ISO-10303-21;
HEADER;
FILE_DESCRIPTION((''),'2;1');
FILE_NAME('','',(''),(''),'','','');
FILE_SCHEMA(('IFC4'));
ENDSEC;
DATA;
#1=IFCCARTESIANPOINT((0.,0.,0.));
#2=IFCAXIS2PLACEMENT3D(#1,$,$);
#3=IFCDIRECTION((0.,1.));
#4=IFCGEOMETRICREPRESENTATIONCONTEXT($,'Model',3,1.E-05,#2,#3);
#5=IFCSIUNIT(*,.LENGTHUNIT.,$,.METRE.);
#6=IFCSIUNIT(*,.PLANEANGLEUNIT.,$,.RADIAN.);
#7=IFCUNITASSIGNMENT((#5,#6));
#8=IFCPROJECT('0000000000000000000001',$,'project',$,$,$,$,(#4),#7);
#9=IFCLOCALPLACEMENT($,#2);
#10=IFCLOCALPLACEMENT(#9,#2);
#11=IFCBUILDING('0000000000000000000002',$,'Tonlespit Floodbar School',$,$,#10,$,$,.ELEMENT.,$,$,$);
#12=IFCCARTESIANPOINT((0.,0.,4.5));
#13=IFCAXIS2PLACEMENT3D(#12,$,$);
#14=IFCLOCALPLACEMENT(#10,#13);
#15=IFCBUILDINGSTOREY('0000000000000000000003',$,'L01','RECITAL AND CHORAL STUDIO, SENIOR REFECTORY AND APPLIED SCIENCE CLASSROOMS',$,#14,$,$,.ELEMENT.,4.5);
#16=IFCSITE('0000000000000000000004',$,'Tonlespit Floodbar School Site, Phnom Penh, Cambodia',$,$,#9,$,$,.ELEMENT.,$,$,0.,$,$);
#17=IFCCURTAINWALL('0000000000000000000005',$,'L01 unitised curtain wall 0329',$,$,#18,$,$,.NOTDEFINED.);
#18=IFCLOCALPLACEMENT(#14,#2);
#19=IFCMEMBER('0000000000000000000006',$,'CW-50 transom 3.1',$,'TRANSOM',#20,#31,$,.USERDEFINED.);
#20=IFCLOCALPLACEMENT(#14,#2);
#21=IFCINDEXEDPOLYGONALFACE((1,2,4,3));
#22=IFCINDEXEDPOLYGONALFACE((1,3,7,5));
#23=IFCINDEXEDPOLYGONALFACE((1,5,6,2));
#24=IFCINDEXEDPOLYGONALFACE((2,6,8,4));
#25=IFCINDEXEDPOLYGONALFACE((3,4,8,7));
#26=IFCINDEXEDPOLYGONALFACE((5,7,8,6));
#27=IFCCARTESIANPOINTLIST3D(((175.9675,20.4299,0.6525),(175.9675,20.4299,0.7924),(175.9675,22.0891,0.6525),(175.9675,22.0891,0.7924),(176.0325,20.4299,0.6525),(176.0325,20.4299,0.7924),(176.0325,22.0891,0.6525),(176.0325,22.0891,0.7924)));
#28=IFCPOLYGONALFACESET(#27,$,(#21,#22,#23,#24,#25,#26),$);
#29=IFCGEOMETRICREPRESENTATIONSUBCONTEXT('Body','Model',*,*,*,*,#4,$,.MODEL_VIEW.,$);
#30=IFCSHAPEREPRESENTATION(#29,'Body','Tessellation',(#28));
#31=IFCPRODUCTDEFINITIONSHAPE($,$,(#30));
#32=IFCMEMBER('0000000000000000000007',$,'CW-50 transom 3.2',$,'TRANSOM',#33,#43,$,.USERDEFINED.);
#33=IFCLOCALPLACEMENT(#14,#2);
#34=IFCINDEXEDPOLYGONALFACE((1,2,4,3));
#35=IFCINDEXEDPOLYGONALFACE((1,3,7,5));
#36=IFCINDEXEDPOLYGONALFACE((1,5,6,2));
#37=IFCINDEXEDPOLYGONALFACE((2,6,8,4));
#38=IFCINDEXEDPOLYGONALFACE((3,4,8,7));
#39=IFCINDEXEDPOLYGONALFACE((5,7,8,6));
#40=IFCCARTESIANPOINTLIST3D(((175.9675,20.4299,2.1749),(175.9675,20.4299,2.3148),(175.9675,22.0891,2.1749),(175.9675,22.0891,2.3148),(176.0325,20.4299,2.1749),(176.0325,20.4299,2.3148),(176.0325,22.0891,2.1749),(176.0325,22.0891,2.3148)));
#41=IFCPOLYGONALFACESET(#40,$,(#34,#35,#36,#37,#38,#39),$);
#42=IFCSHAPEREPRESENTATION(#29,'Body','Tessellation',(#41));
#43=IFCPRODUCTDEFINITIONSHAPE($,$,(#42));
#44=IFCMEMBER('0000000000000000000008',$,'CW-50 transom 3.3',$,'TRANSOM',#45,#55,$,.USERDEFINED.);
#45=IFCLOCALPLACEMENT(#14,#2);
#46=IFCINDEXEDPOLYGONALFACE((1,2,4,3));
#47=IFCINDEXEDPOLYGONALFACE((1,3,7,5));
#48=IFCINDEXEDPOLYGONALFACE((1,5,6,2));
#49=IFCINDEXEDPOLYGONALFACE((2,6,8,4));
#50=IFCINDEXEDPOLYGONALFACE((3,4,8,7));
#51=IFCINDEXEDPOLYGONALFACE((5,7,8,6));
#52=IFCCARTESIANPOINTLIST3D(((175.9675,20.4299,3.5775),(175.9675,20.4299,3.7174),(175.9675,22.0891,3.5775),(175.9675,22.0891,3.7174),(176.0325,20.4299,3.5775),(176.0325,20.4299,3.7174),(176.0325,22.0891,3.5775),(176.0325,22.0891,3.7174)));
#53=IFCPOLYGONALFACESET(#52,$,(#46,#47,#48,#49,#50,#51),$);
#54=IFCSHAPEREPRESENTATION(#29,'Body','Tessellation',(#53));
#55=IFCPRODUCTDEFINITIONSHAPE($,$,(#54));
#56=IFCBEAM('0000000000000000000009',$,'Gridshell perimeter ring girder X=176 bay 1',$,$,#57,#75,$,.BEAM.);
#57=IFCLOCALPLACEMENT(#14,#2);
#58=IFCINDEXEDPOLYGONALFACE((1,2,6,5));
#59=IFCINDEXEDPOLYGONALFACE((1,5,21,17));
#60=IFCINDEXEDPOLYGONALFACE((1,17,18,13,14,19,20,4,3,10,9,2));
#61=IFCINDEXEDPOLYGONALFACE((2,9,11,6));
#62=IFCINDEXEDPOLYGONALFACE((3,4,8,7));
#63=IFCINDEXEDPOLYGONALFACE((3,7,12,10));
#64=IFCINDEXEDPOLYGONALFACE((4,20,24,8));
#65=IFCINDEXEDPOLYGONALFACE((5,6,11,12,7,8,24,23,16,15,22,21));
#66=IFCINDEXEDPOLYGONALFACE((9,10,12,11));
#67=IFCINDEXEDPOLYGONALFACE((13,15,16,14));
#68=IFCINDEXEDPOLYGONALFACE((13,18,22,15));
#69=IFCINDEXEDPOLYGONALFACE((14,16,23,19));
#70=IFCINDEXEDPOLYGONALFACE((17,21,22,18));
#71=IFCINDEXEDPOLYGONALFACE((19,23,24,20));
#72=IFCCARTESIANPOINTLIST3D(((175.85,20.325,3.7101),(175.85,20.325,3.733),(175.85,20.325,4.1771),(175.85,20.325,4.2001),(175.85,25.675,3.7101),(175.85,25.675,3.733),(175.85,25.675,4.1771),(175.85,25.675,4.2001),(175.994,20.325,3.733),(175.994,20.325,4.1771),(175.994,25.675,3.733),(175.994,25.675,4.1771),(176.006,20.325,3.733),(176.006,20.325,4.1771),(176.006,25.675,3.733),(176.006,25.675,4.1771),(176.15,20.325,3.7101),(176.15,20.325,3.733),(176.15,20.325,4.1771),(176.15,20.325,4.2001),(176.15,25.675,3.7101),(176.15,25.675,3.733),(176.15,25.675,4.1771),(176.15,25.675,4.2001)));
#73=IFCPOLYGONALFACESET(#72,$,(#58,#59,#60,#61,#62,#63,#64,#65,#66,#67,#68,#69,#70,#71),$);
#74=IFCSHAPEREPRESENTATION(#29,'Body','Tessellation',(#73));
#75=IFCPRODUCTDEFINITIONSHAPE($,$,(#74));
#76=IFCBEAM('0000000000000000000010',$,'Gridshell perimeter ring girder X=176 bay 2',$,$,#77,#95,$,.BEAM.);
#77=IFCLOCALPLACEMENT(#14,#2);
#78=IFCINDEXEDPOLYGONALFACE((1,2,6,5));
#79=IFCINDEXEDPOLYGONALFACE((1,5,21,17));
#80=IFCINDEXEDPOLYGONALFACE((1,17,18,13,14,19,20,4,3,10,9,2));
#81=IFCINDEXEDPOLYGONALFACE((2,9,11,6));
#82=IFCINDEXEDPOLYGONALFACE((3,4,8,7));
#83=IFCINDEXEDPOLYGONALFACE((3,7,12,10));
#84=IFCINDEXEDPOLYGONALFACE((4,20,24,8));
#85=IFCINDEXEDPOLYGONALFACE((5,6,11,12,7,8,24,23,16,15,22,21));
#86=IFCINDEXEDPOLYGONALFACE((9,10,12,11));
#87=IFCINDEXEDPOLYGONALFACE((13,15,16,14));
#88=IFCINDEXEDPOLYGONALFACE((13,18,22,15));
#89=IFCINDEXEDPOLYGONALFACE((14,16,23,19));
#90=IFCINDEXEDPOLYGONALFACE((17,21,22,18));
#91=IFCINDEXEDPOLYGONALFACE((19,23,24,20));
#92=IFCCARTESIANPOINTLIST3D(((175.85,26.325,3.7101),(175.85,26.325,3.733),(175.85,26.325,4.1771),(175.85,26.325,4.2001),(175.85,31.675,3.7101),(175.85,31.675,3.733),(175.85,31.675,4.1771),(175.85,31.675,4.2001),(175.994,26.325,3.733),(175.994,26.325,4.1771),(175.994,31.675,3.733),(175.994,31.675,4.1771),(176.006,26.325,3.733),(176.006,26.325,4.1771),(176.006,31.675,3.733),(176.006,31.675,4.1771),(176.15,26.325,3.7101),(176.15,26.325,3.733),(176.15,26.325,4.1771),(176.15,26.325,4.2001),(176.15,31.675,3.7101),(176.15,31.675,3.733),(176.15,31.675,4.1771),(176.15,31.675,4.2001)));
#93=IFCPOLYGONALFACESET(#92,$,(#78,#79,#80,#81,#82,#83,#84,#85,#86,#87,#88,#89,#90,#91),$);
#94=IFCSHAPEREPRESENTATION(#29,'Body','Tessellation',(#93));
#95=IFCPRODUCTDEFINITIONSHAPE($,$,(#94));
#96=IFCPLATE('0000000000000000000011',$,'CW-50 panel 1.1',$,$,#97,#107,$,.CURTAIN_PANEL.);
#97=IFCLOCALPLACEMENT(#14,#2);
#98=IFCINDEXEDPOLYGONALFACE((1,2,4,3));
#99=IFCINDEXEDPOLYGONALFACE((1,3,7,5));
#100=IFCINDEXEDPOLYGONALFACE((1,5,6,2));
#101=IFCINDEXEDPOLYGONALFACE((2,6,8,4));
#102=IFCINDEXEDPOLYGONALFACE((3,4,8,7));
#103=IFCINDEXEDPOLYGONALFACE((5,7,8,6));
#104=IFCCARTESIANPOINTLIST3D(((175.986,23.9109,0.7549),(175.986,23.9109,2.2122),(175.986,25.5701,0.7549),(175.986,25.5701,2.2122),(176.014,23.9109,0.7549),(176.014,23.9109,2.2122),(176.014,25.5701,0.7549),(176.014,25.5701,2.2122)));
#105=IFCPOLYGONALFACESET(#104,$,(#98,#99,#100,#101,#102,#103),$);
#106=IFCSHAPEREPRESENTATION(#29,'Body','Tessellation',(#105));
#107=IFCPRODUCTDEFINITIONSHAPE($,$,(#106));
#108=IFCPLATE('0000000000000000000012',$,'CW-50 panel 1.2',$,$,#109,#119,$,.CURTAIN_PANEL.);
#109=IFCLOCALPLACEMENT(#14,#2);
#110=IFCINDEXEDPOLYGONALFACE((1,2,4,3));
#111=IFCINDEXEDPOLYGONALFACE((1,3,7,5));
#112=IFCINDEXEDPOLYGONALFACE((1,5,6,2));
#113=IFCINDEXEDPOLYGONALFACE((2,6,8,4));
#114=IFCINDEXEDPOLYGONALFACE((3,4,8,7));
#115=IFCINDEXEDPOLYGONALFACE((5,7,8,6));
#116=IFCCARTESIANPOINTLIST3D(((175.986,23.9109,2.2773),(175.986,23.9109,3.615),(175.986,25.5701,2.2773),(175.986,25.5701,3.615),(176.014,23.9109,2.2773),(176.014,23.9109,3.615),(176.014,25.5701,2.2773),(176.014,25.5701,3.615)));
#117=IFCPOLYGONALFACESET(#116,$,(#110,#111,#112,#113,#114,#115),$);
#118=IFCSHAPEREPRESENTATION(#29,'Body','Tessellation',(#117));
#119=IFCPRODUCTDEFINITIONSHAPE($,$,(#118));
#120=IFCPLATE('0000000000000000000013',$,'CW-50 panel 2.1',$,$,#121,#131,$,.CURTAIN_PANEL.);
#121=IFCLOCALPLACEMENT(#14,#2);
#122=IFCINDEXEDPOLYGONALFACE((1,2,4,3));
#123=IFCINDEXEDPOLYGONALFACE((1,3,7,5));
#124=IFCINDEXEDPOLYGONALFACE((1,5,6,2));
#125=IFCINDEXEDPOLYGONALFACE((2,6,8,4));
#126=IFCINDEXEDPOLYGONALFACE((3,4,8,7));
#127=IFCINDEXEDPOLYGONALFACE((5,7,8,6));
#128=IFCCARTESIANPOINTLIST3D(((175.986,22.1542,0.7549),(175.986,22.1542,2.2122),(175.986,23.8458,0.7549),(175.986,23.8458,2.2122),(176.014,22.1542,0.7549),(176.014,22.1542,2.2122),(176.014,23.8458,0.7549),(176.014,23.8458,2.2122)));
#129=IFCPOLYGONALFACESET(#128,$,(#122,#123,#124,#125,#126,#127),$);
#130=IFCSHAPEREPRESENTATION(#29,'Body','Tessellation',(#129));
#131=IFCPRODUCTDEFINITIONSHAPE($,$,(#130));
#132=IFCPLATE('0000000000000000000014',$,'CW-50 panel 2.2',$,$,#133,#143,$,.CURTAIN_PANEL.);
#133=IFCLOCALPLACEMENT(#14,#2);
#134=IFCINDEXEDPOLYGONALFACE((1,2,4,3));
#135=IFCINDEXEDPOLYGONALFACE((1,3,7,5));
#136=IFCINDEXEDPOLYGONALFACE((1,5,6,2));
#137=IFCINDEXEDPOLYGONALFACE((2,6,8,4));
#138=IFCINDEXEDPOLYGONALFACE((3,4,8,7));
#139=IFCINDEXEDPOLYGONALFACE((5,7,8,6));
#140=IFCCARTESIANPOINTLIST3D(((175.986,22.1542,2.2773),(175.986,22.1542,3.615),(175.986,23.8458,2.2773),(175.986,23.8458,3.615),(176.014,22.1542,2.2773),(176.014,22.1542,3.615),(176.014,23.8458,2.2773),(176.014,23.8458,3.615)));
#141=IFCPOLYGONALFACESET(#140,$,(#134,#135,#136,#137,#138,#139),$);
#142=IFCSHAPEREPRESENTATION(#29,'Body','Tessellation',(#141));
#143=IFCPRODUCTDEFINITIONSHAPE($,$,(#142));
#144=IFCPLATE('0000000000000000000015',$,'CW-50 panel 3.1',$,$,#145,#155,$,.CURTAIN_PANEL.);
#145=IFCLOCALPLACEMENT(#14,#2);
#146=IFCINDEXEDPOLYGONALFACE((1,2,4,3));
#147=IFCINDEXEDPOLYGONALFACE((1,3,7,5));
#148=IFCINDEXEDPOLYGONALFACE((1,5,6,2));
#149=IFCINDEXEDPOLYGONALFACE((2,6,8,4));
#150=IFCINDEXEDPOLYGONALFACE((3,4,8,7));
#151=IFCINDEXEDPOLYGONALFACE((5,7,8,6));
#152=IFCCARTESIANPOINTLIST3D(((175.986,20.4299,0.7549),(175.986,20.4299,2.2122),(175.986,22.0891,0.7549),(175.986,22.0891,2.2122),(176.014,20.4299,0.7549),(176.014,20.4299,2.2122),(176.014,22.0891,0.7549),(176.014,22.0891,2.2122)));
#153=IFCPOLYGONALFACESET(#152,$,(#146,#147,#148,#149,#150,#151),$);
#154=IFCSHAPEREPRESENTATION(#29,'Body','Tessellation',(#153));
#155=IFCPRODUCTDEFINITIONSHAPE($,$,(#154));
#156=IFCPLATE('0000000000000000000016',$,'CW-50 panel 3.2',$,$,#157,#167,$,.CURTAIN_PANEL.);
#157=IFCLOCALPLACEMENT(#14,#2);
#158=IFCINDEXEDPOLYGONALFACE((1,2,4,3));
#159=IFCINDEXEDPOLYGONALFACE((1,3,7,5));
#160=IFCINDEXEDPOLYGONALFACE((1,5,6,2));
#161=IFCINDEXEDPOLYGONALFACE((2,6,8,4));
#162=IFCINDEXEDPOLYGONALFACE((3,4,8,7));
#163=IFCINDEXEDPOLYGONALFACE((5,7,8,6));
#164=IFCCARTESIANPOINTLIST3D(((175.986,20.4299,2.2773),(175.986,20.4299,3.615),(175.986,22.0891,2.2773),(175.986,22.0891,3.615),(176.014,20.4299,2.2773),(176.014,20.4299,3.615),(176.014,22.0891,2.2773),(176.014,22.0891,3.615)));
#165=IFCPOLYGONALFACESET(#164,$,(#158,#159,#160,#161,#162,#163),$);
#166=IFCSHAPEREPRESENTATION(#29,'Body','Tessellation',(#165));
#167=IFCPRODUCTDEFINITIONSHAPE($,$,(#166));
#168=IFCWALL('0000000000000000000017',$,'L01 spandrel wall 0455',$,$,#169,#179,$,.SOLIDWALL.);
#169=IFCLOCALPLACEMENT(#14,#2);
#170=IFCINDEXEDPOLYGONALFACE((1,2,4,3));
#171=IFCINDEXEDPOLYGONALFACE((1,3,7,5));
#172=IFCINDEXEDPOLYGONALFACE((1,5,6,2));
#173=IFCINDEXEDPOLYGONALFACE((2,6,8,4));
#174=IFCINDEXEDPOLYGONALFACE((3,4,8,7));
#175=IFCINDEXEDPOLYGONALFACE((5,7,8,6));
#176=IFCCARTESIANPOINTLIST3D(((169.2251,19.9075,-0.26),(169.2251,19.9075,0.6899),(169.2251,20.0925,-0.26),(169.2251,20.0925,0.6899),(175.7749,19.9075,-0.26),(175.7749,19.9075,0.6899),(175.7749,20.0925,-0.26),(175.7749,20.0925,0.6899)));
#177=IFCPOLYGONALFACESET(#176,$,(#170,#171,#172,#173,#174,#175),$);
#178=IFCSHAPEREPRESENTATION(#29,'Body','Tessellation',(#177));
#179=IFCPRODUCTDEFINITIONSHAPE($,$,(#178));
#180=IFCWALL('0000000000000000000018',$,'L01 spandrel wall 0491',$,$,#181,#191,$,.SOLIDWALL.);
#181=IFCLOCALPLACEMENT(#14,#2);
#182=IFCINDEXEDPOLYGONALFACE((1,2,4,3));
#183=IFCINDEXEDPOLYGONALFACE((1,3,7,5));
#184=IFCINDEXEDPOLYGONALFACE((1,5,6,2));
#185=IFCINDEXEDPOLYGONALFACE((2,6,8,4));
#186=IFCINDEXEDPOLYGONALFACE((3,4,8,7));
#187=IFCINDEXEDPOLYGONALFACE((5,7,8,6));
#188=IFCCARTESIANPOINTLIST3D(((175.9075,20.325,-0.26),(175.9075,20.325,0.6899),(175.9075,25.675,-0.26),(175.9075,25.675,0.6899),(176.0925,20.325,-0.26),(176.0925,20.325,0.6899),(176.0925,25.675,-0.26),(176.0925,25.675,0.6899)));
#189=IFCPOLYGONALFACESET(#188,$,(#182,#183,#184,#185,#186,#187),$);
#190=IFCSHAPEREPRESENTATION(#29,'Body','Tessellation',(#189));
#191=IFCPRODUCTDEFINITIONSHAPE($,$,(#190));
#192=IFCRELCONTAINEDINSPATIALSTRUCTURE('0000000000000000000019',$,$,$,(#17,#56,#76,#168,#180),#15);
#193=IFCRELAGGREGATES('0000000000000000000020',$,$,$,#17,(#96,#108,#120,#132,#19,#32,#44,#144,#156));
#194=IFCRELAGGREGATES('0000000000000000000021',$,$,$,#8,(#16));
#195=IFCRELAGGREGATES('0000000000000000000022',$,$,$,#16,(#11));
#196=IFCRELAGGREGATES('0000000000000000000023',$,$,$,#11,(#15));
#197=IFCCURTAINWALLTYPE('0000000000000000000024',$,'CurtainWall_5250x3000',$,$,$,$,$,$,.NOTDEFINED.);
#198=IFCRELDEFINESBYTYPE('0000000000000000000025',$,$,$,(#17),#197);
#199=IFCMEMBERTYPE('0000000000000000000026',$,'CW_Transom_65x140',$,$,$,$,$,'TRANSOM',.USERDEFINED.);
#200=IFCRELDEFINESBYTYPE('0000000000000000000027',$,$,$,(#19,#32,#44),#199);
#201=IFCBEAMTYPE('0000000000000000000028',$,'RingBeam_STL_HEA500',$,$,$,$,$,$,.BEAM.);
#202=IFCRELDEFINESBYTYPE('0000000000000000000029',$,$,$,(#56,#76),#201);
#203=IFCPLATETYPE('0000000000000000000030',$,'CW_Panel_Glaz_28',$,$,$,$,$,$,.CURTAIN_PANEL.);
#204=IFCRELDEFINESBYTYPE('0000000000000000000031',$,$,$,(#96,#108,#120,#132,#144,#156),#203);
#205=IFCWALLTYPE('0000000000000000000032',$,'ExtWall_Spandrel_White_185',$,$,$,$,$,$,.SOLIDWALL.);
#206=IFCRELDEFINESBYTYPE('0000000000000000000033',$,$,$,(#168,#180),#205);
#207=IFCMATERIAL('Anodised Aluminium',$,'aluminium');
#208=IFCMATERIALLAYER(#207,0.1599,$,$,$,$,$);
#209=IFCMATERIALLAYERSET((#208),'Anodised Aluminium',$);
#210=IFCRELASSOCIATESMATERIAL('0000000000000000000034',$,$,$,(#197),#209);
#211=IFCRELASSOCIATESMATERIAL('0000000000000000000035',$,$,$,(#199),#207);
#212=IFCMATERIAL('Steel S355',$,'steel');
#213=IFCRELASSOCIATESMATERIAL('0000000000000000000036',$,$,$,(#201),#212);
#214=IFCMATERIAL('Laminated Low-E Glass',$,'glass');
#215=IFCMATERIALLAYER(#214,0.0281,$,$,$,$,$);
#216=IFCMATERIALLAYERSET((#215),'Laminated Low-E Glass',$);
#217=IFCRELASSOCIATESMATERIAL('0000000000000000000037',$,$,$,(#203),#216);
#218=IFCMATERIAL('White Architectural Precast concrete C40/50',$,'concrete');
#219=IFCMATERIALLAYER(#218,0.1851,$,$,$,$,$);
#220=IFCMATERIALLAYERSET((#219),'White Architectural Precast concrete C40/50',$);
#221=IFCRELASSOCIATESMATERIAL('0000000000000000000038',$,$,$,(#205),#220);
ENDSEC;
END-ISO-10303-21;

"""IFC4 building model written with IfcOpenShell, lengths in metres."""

from ifc_helpers import new_model, si_unit, direction, frame, frame_2d, origin, origin_2d, place, context, subcontext, project, spatial, rectangle, i_section, extrude, material, layer, layer_set, material_profile, profile_set, type_object, element, aggregate, save


model = new_model("IFC4")

# Units and contexts
model_context = context("Model", 3, precision=1e-05, world=origin(), true_north=direction((0.0, 1.0)))
body_context = subcontext(model_context, "Body", "Model", "MODEL_VIEW")
ifc_project = project(units=[si_unit("LENGTHUNIT", "METRE"), si_unit("PLANEANGLEUNIT", "RADIAN")], contexts=[model_context])

# Site, building, storey
site_placement = place(None, origin())
site = spatial("IfcSite", under=ifc_project, at=site_placement, Name="Tonlespit Floodbar School Site, Phnom Penh, Cambodia", CompositionType="ELEMENT", RefElevation=0.0)
building_placement = place(site_placement, origin())
building = spatial("IfcBuilding", under=site, at=building_placement, Name="Tonlespit Floodbar School", CompositionType="ELEMENT")
storey_placement = place(building_placement, frame((0.0, 0.0, 4.5)))
storey = spatial("IfcBuildingStorey", under=building, at=storey_placement, Name="L01", Description="RECITAL AND CHORAL STUDIO, SENIOR REFECTORY AND APPLIED SCIENCE CLASSROOMS", CompositionType="ELEMENT", Elevation=4.5)

# Shared definitions
ifc_material_1 = material(Name="Anodised Aluminium", Category="aluminium")

# Curtain wall
ifc_layer_1 = layer(ifc_material_1, 0.1599)
ifc_layer_set_1 = layer_set([ifc_layer_1], Name="Anodised Aluminium")
curtain_wall_type_1 = type_object("IfcCurtainWallType", Name="CurtainWall_5250x3000", PredefinedType="NOTDEFINED", material=ifc_layer_set_1)
curtain_wall_1_placement = place(storey_placement, origin())
curtain_wall_1 = element("IfcCurtainWall", 1, at=curtain_wall_1_placement, inside=storey, type_object=curtain_wall_type_1, Name="L01 unitised curtain wall 0329", PredefinedType="NOTDEFINED")

# Members
ifc_material_profile_1 = material_profile(ifc_material_1, rectangle(XDim=0.0649, YDim=0.1399, at=origin_2d()), Name="ALU T65x140")
ifc_profile_set_1 = profile_set([ifc_material_profile_1], Name="Anodised Aluminium")
member_type_1 = type_object("IfcMemberType", Name="CW_Transom_65x140", ElementType="TRANSOM", PredefinedType="USERDEFINED", material=ifc_profile_set_1)
member_1_placement = place(storey_placement, frame((176.0, 22.0891, 0.7224), z_axis=(0.0, -1.0, 0.0), x_axis=(1.0, 0.0, 0.0)))
member_1 = element("IfcMember", 2, at=member_1_placement, type_object=member_type_1, Name="CW-50 transom 3.1", ObjectType="TRANSOM", PredefinedType="USERDEFINED", context=body_context, shape_type="SweptSolid", body=[
    extrude(rectangle(XDim=0.0649, YDim=0.1399, at=origin_2d()), origin(), (0.0, 0.0, 1.0), 1.6592),
])
member_2_placement = place(storey_placement, frame((176.0, 22.0891, 2.2449), z_axis=(0.0, -1.0, 0.0), x_axis=(1.0, 0.0, 0.0)))
member_2 = element("IfcMember", 3, at=member_2_placement, type_object=member_type_1, Name="CW-50 transom 3.2", ObjectType="TRANSOM", PredefinedType="USERDEFINED", context=body_context, shape_type="SweptSolid", body=[
    extrude(rectangle(XDim=0.0649, YDim=0.1399, at=origin_2d()), origin(), (0.0, 0.0, 1.0), 1.6592),
])
member_3_placement = place(storey_placement, frame((176.0, 22.0891, 3.6475), z_axis=(0.0, -1.0, 0.0), x_axis=(1.0, 0.0, 0.0)))
member_3 = element("IfcMember", 4, at=member_3_placement, type_object=member_type_1, Name="CW-50 transom 3.3", ObjectType="TRANSOM", PredefinedType="USERDEFINED", context=body_context, shape_type="SweptSolid", body=[
    extrude(rectangle(XDim=0.0649, YDim=0.1399, at=origin_2d()), origin(), (0.0, 0.0, 1.0), 1.6592),
])

# Beams
ifc_material_2 = material(Name="Steel S355", Category="steel")
ifc_material_profile_2 = material_profile(ifc_material_2, i_section(OverallWidth=0.3, OverallDepth=0.49, WebThickness=0.012, FlangeThickness=0.0229, at=origin_2d()), Name="HEA 500")
ifc_profile_set_2 = profile_set([ifc_material_profile_2], Name="Steel S355")
beam_type = type_object("IfcBeamType", Name="RingBeam_STL_HEA500", PredefinedType="BEAM", material=ifc_profile_set_2)
for number, where, z_axis, x_axis, name in (
    (5, (176.0, 20.325, 3.9551), (0.0, 1.0, 0.0), (-1.0, 0.0, 0.0), "Gridshell perimeter ring girder X=176 bay 1"),
    (6, (176.0, 26.325, 3.9551), (0.0, 1.0, 0.0), (-1.0, 0.0, 0.0), "Gridshell perimeter ring girder X=176 bay 2"),
):
    element("IfcBeam", number, at=place(storey_placement, frame(where, z_axis=z_axis, x_axis=x_axis)), inside=storey, type_object=beam_type, Name=name, PredefinedType="BEAM", context=body_context, shape_type="SweptSolid", body=[
        extrude(i_section(OverallWidth=0.3, OverallDepth=0.49, WebThickness=0.012, FlangeThickness=0.0229, at=origin_2d()), origin(), (0.0, 0.0, 1.0), 5.3501),
    ])

# Plates
ifc_material_3 = material(Name="Laminated Low-E Glass", Category="glass")
ifc_layer_2 = layer(ifc_material_3, 0.0281)
ifc_layer_set_2 = layer_set([ifc_layer_2], Name="Laminated Low-E Glass")
plate_type = type_object("IfcPlateType", Name="CW_Panel_Glaz_28", PredefinedType="CURTAIN_PANEL", material=ifc_layer_set_2)
plate_1_placement = place(storey_placement, frame((176.0, 24.7405, 0.7549), z_axis=(0.0, 0.0, 1.0), x_axis=(0.0, -1.0, 0.0)))
plate_1 = element("IfcPlate", 7, at=plate_1_placement, type_object=plate_type, Name="CW-50 panel 1.1", PredefinedType="CURTAIN_PANEL", context=body_context, shape_type="SweptSolid", body=[
    extrude(rectangle(XDim=1.6592, YDim=0.0281, at=origin_2d()), origin(), (0.0, 0.0, 1.0), 1.4573),
])
plate_2_placement = place(storey_placement, frame((176.0, 24.7405, 2.2773), z_axis=(0.0, 0.0, 1.0), x_axis=(0.0, -1.0, 0.0)))
plate_2 = element("IfcPlate", 8, at=plate_2_placement, type_object=plate_type, Name="CW-50 panel 1.2", PredefinedType="CURTAIN_PANEL", context=body_context, shape_type="SweptSolid", body=[
    extrude(rectangle(XDim=1.6592, YDim=0.0281, at=origin_2d()), origin(), (0.0, 0.0, 1.0), 1.3376),
])
plate_3_placement = place(storey_placement, frame((176.0, 23.0, 0.7549), z_axis=(0.0, 0.0, 1.0), x_axis=(0.0, -1.0, 0.0)))
plate_3 = element("IfcPlate", 9, at=plate_3_placement, type_object=plate_type, Name="CW-50 panel 2.1", PredefinedType="CURTAIN_PANEL", context=body_context, shape_type="SweptSolid", body=[
    extrude(rectangle(XDim=1.6917, YDim=0.0281, at=origin_2d()), origin(), (0.0, 0.0, 1.0), 1.4573),
])
plate_4_placement = place(storey_placement, frame((176.0, 23.0, 2.2773), z_axis=(0.0, 0.0, 1.0), x_axis=(0.0, -1.0, 0.0)))
plate_4 = element("IfcPlate", 10, at=plate_4_placement, type_object=plate_type, Name="CW-50 panel 2.2", PredefinedType="CURTAIN_PANEL", context=body_context, shape_type="SweptSolid", body=[
    extrude(rectangle(XDim=1.6917, YDim=0.0281, at=origin_2d()), origin(), (0.0, 0.0, 1.0), 1.3376),
])
plate_5_placement = place(storey_placement, frame((176.0, 21.2595, 0.7549), z_axis=(0.0, 0.0, 1.0), x_axis=(0.0, -1.0, 0.0)))
plate_5 = element("IfcPlate", 11, at=plate_5_placement, type_object=plate_type, Name="CW-50 panel 3.1", PredefinedType="CURTAIN_PANEL", context=body_context, shape_type="SweptSolid", body=[
    extrude(rectangle(XDim=1.6592, YDim=0.0281, at=origin_2d()), origin(), (0.0, 0.0, 1.0), 1.4573),
])
plate_6_placement = place(storey_placement, frame((176.0, 21.2595, 2.2773), z_axis=(0.0, 0.0, 1.0), x_axis=(0.0, -1.0, 0.0)))
plate_6 = element("IfcPlate", 12, at=plate_6_placement, type_object=plate_type, Name="CW-50 panel 3.2", PredefinedType="CURTAIN_PANEL", context=body_context, shape_type="SweptSolid", body=[
    extrude(rectangle(XDim=1.6592, YDim=0.0281, at=origin_2d()), origin(), (0.0, 0.0, 1.0), 1.3376),
])
aggregate(curtain_wall_1, [plate_1, plate_2, plate_3, plate_4, member_1, member_2, member_3, plate_5, plate_6])

# Walls
ifc_material_4 = material(Name="White Architectural Precast concrete C40/50", Category="concrete")
ifc_layer_3 = layer(ifc_material_4, 0.1851)
ifc_layer_set_3 = layer_set([ifc_layer_3], Name="White Architectural Precast concrete C40/50")
wall_type = type_object("IfcWallType", Name="ExtWall_Spandrel_White_185", PredefinedType="SOLIDWALL", material=ifc_layer_set_3)
wall_1_placement = place(storey_placement, frame((175.7749, 20.0, -0.26), z_axis=(0.0, 0.0, 1.0), x_axis=(-1.0, 0.0, 0.0)))
element("IfcWall", 13, at=wall_1_placement, inside=storey, type_object=wall_type, Name="L01 spandrel wall 0455", PredefinedType="SOLIDWALL", context=body_context, shape_type="SweptSolid", body=[
    extrude(rectangle(XDim=6.5498, YDim=0.1851, at=frame_2d((3.2749, 0.0))), origin(), (0.0, 0.0, 1.0), 0.95),
])
wall_2_placement = place(storey_placement, frame((176.0, 25.675, -0.26), z_axis=(0.0, 0.0, 1.0), x_axis=(0.0, -1.0, 0.0)))
element("IfcWall", 14, at=wall_2_placement, inside=storey, type_object=wall_type, Name="L01 spandrel wall 0491", PredefinedType="SOLIDWALL", context=body_context, shape_type="SweptSolid", body=[
    extrude(rectangle(XDim=5.3501, YDim=0.1851, at=frame_2d((2.675, 0.0))), origin(), (0.0, 0.0, 1.0), 0.95),
])

save(model, "model.ifc")
